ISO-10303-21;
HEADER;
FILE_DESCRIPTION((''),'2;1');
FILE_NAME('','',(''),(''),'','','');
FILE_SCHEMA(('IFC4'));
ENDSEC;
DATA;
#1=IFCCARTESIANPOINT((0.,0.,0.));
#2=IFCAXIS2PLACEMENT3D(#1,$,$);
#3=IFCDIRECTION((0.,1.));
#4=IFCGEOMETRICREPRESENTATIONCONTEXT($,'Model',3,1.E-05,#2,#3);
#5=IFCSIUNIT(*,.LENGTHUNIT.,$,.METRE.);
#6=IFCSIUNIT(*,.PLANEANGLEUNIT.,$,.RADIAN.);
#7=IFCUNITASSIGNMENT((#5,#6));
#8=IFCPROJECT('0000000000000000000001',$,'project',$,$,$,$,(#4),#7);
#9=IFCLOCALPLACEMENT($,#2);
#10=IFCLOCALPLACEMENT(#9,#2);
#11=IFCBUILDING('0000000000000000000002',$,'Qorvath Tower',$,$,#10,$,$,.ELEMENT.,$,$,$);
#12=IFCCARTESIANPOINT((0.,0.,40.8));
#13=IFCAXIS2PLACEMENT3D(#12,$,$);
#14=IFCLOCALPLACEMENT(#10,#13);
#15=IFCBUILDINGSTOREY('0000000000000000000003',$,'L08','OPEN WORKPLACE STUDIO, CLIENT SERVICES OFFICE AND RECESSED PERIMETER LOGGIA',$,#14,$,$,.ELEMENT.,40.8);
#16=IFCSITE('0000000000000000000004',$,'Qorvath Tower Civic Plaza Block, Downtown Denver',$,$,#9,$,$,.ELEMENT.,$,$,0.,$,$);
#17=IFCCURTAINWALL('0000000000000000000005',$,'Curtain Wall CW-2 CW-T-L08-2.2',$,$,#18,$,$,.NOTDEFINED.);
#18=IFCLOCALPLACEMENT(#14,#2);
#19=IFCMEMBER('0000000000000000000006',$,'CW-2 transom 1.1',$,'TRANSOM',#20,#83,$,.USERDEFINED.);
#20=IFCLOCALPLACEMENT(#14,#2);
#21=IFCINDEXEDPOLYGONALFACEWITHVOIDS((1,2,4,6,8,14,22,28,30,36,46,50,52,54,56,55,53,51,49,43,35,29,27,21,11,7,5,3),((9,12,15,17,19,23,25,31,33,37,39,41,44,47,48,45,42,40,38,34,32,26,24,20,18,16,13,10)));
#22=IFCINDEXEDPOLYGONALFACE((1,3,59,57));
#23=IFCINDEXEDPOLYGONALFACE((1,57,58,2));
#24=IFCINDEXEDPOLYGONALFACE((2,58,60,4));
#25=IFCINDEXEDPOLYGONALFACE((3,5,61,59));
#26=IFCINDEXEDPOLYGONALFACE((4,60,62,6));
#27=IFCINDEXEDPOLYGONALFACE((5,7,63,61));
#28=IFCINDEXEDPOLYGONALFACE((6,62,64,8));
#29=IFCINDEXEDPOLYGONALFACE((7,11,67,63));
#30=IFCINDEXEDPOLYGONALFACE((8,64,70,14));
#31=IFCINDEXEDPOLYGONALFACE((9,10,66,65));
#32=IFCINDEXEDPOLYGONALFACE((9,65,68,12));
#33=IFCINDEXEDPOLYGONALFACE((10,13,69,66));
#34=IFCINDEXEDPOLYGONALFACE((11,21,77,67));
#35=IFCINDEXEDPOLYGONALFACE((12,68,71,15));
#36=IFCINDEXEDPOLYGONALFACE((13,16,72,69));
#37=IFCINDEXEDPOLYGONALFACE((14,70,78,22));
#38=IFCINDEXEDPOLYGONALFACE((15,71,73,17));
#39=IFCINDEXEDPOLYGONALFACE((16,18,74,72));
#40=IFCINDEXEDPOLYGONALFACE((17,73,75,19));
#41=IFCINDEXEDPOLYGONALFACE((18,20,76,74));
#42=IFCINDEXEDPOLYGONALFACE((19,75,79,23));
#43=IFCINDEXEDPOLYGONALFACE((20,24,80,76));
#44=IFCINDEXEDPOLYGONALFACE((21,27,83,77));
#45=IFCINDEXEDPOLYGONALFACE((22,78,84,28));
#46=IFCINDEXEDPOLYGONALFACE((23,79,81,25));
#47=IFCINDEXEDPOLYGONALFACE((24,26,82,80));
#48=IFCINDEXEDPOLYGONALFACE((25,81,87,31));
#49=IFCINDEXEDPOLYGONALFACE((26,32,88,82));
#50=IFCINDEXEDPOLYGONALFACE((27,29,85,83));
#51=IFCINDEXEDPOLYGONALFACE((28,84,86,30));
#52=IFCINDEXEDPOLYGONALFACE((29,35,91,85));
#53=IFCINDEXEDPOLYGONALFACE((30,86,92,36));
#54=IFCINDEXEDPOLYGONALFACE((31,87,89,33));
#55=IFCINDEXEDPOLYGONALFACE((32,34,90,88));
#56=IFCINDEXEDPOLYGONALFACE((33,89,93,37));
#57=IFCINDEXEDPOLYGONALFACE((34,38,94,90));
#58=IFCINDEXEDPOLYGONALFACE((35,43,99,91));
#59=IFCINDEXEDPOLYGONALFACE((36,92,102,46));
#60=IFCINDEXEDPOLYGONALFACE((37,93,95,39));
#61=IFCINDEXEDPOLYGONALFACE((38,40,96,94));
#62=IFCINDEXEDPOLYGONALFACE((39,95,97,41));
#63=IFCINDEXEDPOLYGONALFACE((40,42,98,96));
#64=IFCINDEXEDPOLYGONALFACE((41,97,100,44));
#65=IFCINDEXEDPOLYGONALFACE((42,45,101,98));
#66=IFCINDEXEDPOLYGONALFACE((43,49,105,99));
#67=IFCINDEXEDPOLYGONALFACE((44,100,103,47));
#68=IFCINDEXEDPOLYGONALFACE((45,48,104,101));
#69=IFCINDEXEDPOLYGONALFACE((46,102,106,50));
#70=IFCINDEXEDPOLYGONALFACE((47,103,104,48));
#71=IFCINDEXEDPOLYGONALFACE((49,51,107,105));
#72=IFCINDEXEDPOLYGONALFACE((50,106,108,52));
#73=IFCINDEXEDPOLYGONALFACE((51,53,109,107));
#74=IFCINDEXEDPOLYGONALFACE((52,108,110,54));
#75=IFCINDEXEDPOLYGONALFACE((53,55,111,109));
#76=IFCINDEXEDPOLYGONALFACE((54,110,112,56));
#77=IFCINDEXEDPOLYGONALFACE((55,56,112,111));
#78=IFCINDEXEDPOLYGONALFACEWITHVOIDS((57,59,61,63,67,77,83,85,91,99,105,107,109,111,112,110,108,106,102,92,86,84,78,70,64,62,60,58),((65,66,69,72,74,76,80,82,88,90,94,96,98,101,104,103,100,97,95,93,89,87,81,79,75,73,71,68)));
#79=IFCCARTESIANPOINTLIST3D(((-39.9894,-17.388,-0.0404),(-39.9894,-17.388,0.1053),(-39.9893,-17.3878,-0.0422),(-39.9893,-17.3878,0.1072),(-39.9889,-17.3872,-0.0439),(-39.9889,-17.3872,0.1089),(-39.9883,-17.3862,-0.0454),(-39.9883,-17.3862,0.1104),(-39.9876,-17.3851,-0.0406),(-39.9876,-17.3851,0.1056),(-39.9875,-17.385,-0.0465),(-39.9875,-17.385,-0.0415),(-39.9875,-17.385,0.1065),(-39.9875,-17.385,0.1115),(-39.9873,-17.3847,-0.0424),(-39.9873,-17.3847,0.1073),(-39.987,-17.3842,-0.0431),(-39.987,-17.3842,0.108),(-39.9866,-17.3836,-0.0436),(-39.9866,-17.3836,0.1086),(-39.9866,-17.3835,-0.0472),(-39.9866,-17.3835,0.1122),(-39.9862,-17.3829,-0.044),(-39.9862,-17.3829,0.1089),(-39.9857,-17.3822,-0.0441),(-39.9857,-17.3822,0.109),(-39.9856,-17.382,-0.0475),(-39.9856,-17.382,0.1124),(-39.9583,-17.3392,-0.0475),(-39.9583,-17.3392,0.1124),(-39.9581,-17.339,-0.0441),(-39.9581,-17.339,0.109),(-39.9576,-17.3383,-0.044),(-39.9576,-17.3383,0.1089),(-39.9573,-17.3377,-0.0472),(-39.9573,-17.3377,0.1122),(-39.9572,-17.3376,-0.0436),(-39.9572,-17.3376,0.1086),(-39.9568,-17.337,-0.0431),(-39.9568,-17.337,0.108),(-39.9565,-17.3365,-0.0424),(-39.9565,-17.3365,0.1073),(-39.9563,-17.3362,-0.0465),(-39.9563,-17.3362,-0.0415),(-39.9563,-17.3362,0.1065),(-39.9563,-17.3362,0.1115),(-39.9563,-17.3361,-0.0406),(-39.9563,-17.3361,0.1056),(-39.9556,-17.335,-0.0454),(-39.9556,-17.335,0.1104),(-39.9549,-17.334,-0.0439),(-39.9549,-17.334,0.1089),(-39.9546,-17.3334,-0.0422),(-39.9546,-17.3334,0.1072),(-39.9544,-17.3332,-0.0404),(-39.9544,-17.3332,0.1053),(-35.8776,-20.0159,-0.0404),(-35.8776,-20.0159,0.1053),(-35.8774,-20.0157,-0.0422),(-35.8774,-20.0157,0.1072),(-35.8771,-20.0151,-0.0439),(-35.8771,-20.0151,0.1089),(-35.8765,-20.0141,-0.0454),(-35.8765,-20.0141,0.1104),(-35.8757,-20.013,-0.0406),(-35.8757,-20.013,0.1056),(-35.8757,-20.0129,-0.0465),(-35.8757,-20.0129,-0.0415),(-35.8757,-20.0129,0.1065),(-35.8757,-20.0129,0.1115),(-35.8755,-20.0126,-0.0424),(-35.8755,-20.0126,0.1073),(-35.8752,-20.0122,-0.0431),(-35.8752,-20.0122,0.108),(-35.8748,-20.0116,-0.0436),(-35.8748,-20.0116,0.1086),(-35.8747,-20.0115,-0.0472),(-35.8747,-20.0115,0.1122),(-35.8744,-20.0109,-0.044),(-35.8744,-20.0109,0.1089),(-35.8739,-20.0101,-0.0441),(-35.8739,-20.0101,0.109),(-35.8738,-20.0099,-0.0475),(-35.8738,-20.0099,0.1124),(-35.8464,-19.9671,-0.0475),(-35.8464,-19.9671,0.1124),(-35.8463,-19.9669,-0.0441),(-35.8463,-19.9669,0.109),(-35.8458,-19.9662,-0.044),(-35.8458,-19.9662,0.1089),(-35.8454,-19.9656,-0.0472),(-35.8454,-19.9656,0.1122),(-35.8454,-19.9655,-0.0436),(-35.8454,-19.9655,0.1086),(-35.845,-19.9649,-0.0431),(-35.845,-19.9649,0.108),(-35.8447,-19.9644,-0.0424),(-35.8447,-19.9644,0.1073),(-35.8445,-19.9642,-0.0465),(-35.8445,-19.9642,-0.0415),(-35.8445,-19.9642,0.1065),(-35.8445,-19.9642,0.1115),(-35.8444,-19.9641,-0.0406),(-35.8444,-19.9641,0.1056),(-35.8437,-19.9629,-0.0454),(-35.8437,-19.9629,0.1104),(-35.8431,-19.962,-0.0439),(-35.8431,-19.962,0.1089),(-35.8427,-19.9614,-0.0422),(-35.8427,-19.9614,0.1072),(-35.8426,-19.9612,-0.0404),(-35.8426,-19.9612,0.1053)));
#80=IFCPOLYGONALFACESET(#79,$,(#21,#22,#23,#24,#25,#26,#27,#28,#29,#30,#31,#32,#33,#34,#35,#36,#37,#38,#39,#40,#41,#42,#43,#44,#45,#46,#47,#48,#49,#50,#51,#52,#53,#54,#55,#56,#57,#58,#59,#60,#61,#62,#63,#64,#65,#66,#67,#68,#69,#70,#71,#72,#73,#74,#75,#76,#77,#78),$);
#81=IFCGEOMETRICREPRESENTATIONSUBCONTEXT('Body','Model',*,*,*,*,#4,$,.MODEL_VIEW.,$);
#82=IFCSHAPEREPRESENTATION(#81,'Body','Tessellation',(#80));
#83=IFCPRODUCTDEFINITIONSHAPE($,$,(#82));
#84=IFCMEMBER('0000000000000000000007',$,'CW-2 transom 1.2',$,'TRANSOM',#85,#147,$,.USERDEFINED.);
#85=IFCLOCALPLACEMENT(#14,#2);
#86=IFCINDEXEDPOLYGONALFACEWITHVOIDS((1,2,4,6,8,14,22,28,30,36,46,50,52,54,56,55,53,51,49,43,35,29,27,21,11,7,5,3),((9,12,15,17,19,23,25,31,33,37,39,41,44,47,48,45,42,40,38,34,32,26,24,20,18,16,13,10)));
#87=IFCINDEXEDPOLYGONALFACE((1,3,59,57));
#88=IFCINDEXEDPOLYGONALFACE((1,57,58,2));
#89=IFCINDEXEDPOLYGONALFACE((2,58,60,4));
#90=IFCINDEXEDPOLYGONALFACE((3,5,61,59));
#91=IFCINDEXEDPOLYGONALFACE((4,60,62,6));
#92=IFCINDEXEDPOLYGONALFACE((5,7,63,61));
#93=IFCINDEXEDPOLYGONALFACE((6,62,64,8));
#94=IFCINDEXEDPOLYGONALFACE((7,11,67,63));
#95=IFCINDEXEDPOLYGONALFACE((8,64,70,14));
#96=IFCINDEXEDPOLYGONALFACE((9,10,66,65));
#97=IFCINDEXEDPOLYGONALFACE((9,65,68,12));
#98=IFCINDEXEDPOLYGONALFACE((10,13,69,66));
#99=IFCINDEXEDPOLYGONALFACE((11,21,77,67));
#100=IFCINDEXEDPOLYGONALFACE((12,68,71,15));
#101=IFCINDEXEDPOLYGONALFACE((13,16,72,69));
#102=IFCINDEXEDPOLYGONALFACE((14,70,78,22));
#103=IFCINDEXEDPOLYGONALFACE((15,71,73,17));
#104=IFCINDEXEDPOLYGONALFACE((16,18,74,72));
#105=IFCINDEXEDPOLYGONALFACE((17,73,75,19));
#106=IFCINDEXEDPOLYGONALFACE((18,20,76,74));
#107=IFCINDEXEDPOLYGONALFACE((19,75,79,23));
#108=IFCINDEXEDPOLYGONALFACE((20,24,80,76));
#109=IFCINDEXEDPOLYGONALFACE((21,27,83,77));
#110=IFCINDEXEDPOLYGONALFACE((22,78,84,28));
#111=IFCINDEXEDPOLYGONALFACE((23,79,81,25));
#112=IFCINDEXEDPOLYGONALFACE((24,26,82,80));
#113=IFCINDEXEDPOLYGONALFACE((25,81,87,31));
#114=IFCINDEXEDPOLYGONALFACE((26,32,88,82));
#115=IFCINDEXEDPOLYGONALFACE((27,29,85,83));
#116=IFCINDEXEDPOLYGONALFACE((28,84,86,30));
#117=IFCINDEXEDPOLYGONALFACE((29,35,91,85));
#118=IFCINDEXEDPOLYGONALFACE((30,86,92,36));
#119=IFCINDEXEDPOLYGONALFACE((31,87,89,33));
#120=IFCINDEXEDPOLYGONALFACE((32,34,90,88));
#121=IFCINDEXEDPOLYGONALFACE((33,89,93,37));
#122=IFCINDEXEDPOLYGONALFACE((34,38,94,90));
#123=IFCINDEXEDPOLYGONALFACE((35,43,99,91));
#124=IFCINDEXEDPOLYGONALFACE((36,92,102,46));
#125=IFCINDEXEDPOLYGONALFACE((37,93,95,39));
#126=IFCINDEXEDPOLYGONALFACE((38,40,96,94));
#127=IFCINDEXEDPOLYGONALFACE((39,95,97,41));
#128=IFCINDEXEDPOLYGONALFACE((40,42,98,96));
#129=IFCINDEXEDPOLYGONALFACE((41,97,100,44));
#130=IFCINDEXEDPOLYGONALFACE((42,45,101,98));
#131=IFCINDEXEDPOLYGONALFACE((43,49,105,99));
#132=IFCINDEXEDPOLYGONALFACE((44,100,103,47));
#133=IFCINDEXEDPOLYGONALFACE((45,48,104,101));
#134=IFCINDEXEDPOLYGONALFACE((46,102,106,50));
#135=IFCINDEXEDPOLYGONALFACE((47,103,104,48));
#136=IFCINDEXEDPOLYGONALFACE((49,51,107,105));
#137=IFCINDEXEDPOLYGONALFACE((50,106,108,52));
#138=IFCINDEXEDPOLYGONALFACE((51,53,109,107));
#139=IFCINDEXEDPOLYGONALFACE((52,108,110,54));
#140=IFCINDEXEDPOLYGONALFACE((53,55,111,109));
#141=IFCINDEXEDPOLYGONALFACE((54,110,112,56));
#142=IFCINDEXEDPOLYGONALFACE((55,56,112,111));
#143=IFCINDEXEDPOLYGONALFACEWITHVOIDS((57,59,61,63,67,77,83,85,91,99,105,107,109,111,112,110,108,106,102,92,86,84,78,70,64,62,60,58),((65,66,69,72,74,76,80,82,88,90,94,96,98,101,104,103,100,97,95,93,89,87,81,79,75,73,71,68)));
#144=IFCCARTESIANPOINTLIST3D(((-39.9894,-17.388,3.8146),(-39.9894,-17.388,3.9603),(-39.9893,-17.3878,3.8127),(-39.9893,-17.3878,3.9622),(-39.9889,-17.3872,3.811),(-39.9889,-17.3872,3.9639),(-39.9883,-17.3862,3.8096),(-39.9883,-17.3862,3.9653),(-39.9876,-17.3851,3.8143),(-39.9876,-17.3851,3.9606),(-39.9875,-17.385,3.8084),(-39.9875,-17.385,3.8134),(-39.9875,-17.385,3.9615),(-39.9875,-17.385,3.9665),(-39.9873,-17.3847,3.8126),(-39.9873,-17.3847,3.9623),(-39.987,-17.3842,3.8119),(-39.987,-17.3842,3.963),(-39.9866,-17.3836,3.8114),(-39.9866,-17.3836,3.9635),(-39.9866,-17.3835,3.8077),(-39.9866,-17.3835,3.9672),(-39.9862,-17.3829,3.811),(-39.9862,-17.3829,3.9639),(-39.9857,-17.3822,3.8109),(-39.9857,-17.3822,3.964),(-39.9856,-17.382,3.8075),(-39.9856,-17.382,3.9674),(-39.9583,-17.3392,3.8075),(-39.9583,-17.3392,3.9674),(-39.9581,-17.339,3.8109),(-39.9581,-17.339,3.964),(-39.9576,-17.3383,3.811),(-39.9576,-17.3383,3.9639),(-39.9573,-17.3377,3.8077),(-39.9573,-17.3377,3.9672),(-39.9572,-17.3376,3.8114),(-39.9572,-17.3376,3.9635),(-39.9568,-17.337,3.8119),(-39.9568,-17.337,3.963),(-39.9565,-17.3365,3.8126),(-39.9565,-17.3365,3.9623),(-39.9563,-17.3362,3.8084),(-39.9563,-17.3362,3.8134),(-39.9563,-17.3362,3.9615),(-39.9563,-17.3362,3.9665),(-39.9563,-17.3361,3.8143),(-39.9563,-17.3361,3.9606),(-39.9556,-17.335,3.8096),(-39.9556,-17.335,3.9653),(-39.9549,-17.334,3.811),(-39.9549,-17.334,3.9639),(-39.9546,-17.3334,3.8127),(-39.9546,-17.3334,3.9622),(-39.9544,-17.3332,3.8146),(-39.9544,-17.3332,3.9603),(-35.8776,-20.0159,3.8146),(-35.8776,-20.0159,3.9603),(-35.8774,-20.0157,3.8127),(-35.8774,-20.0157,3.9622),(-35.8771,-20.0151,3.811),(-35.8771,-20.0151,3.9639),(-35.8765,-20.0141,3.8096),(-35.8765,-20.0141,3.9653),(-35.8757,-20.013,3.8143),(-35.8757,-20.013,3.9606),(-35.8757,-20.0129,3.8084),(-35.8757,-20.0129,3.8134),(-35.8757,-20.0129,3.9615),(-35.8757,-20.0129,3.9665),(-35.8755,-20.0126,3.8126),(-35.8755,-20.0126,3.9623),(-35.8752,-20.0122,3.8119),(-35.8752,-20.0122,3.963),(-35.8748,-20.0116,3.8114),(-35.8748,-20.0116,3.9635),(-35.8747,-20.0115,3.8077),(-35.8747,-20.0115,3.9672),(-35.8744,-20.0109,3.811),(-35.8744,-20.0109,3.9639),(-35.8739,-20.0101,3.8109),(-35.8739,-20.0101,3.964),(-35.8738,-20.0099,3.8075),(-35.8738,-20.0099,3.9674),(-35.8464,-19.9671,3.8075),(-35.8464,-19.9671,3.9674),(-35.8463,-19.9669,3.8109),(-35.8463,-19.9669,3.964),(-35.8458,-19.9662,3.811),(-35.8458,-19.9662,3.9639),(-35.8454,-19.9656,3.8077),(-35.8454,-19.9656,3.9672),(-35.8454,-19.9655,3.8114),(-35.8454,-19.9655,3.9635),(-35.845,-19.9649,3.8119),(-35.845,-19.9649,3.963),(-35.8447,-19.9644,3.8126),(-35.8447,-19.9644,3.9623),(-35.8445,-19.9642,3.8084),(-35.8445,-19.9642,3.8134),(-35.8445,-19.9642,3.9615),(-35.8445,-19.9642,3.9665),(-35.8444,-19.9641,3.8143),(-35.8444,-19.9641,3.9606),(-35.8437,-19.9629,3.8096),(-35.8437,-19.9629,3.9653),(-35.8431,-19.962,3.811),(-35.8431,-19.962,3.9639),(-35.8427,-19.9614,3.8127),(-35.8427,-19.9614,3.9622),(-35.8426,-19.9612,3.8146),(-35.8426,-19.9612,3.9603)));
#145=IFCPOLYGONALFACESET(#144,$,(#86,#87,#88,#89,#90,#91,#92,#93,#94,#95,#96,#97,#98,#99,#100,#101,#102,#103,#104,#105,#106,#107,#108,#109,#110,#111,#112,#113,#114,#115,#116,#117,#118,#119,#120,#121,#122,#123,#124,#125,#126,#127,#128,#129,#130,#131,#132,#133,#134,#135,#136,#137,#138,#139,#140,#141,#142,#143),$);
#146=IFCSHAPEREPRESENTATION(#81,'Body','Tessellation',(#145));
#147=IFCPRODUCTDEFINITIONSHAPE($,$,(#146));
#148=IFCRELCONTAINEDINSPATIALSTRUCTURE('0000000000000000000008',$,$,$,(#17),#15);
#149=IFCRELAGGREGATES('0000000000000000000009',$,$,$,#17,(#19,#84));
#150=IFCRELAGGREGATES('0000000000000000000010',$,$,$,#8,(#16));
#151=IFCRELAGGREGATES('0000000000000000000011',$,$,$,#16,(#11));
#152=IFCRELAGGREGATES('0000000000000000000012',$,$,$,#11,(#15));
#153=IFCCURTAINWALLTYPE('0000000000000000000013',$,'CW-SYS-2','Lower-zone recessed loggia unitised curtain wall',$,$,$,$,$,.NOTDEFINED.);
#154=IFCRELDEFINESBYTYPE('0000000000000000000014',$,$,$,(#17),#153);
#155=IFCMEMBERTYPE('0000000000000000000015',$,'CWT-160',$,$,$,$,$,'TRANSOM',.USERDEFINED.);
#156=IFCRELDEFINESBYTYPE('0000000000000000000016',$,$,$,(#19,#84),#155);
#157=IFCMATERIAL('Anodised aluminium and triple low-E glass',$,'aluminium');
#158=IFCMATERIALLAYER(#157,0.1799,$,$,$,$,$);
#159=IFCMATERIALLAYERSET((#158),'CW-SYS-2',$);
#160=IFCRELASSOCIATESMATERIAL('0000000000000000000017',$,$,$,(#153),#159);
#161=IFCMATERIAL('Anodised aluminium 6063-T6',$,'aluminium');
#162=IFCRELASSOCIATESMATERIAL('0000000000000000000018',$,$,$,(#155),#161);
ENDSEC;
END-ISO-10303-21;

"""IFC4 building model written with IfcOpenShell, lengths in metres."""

from ifc_helpers import new_model, si_unit, direction, frame, origin, origin_2d, place, context, subcontext, project, spatial, hollow_rectangle, extrude, material, layer, layer_set, material_profile, profile_set, type_object, element, aggregate, save


model = new_model("IFC4")

# Units and contexts
model_context = context("Model", 3, precision=1e-05, world=origin(), true_north=direction((0.0, 1.0)))
body_context = subcontext(model_context, "Body", "Model", "MODEL_VIEW")
ifc_project = project(units=[si_unit("LENGTHUNIT", "METRE"), si_unit("PLANEANGLEUNIT", "RADIAN")], contexts=[model_context])

# Site, building, storey
site_placement = place(None, origin())
site = spatial("IfcSite", under=ifc_project, at=site_placement, Name="Qorvath Tower Civic Plaza Block, Downtown Denver", CompositionType="ELEMENT", RefElevation=0.0)
building_placement = place(site_placement, origin())
building = spatial("IfcBuilding", under=site, at=building_placement, Name="Qorvath Tower", CompositionType="ELEMENT")
storey_placement = place(building_placement, frame((0.0, 0.0, 40.8)))
storey = spatial("IfcBuildingStorey", under=building, at=storey_placement, Name="L08", Description="OPEN WORKPLACE STUDIO, CLIENT SERVICES OFFICE AND RECESSED PERIMETER LOGGIA", CompositionType="ELEMENT", Elevation=40.8)

# Curtain wall, members
ifc_material_1 = material(Name="Anodised aluminium and triple low-E glass", Category="aluminium")
ifc_layer_1 = layer(ifc_material_1, 0.1799)
ifc_layer_set_1 = layer_set([ifc_layer_1], Name="CW-SYS-2")
curtain_wall_type = type_object("IfcCurtainWallType", Name="CW-SYS-2", Description="Lower-zone recessed loggia unitised curtain wall", PredefinedType="NOTDEFINED", material=ifc_layer_set_1)
curtain_wall_placement = place(storey_placement, origin())
curtain_wall = element("IfcCurtainWall", 1, at=curtain_wall_placement, inside=storey, type_object=curtain_wall_type, Name="Curtain Wall CW-2 CW-T-L08-2.2", PredefinedType="NOTDEFINED")
ifc_material_2 = material(Name="Anodised aluminium 6063-T6", Category="aluminium")
ifc_material_profile_1 = material_profile(ifc_material_2, hollow_rectangle(XDim=0.0649, YDim=0.1599, WallThickness=0.0034, InnerFilletRadius=0.0034, OuterFilletRadius=0.0071, at=origin_2d()), Name="CWT 160x65")
ifc_profile_set_1 = profile_set([ifc_material_profile_1], Name="Anodised aluminium 6063-T6")
member_type_1 = type_object("IfcMemberType", Name="CWT-160", ElementType="TRANSOM", PredefinedType="USERDEFINED", material=ifc_profile_set_1)
member_1_placement = place(storey_placement, frame((-39.9719, -17.3606, 0.0325), z_axis=(0.842609, -0.538525, 0.0), x_axis=(0.538525, 0.842609, 0.0)))
member_1 = element("IfcMember", 2, at=member_1_placement, type_object=member_type_1, Name="CW-2 transom 1.1", ObjectType="TRANSOM", PredefinedType="USERDEFINED", context=body_context, shape_type="SweptSolid", body=[
    extrude(hollow_rectangle(XDim=0.0649, YDim=0.1599, WallThickness=0.0034, InnerFilletRadius=0.0034, OuterFilletRadius=0.0071, at=origin_2d()), origin(), (0.0, 0.0, 1.0), 4.8799),
])
member_2_placement = place(storey_placement, frame((-39.9719, -17.3606, 3.8875), z_axis=(0.842609, -0.538525, 0.0), x_axis=(0.538525, 0.842609, 0.0)))
member_2 = element("IfcMember", 3, at=member_2_placement, type_object=member_type_1, Name="CW-2 transom 1.2", ObjectType="TRANSOM", PredefinedType="USERDEFINED", context=body_context, shape_type="SweptSolid", body=[
    extrude(hollow_rectangle(XDim=0.0649, YDim=0.1599, WallThickness=0.0034, InnerFilletRadius=0.0034, OuterFilletRadius=0.0071, at=origin_2d()), origin(), (0.0, 0.0, 1.0), 4.8799),
])
aggregate(curtain_wall, [member_1, member_2])

save(model, "model.ifc")
